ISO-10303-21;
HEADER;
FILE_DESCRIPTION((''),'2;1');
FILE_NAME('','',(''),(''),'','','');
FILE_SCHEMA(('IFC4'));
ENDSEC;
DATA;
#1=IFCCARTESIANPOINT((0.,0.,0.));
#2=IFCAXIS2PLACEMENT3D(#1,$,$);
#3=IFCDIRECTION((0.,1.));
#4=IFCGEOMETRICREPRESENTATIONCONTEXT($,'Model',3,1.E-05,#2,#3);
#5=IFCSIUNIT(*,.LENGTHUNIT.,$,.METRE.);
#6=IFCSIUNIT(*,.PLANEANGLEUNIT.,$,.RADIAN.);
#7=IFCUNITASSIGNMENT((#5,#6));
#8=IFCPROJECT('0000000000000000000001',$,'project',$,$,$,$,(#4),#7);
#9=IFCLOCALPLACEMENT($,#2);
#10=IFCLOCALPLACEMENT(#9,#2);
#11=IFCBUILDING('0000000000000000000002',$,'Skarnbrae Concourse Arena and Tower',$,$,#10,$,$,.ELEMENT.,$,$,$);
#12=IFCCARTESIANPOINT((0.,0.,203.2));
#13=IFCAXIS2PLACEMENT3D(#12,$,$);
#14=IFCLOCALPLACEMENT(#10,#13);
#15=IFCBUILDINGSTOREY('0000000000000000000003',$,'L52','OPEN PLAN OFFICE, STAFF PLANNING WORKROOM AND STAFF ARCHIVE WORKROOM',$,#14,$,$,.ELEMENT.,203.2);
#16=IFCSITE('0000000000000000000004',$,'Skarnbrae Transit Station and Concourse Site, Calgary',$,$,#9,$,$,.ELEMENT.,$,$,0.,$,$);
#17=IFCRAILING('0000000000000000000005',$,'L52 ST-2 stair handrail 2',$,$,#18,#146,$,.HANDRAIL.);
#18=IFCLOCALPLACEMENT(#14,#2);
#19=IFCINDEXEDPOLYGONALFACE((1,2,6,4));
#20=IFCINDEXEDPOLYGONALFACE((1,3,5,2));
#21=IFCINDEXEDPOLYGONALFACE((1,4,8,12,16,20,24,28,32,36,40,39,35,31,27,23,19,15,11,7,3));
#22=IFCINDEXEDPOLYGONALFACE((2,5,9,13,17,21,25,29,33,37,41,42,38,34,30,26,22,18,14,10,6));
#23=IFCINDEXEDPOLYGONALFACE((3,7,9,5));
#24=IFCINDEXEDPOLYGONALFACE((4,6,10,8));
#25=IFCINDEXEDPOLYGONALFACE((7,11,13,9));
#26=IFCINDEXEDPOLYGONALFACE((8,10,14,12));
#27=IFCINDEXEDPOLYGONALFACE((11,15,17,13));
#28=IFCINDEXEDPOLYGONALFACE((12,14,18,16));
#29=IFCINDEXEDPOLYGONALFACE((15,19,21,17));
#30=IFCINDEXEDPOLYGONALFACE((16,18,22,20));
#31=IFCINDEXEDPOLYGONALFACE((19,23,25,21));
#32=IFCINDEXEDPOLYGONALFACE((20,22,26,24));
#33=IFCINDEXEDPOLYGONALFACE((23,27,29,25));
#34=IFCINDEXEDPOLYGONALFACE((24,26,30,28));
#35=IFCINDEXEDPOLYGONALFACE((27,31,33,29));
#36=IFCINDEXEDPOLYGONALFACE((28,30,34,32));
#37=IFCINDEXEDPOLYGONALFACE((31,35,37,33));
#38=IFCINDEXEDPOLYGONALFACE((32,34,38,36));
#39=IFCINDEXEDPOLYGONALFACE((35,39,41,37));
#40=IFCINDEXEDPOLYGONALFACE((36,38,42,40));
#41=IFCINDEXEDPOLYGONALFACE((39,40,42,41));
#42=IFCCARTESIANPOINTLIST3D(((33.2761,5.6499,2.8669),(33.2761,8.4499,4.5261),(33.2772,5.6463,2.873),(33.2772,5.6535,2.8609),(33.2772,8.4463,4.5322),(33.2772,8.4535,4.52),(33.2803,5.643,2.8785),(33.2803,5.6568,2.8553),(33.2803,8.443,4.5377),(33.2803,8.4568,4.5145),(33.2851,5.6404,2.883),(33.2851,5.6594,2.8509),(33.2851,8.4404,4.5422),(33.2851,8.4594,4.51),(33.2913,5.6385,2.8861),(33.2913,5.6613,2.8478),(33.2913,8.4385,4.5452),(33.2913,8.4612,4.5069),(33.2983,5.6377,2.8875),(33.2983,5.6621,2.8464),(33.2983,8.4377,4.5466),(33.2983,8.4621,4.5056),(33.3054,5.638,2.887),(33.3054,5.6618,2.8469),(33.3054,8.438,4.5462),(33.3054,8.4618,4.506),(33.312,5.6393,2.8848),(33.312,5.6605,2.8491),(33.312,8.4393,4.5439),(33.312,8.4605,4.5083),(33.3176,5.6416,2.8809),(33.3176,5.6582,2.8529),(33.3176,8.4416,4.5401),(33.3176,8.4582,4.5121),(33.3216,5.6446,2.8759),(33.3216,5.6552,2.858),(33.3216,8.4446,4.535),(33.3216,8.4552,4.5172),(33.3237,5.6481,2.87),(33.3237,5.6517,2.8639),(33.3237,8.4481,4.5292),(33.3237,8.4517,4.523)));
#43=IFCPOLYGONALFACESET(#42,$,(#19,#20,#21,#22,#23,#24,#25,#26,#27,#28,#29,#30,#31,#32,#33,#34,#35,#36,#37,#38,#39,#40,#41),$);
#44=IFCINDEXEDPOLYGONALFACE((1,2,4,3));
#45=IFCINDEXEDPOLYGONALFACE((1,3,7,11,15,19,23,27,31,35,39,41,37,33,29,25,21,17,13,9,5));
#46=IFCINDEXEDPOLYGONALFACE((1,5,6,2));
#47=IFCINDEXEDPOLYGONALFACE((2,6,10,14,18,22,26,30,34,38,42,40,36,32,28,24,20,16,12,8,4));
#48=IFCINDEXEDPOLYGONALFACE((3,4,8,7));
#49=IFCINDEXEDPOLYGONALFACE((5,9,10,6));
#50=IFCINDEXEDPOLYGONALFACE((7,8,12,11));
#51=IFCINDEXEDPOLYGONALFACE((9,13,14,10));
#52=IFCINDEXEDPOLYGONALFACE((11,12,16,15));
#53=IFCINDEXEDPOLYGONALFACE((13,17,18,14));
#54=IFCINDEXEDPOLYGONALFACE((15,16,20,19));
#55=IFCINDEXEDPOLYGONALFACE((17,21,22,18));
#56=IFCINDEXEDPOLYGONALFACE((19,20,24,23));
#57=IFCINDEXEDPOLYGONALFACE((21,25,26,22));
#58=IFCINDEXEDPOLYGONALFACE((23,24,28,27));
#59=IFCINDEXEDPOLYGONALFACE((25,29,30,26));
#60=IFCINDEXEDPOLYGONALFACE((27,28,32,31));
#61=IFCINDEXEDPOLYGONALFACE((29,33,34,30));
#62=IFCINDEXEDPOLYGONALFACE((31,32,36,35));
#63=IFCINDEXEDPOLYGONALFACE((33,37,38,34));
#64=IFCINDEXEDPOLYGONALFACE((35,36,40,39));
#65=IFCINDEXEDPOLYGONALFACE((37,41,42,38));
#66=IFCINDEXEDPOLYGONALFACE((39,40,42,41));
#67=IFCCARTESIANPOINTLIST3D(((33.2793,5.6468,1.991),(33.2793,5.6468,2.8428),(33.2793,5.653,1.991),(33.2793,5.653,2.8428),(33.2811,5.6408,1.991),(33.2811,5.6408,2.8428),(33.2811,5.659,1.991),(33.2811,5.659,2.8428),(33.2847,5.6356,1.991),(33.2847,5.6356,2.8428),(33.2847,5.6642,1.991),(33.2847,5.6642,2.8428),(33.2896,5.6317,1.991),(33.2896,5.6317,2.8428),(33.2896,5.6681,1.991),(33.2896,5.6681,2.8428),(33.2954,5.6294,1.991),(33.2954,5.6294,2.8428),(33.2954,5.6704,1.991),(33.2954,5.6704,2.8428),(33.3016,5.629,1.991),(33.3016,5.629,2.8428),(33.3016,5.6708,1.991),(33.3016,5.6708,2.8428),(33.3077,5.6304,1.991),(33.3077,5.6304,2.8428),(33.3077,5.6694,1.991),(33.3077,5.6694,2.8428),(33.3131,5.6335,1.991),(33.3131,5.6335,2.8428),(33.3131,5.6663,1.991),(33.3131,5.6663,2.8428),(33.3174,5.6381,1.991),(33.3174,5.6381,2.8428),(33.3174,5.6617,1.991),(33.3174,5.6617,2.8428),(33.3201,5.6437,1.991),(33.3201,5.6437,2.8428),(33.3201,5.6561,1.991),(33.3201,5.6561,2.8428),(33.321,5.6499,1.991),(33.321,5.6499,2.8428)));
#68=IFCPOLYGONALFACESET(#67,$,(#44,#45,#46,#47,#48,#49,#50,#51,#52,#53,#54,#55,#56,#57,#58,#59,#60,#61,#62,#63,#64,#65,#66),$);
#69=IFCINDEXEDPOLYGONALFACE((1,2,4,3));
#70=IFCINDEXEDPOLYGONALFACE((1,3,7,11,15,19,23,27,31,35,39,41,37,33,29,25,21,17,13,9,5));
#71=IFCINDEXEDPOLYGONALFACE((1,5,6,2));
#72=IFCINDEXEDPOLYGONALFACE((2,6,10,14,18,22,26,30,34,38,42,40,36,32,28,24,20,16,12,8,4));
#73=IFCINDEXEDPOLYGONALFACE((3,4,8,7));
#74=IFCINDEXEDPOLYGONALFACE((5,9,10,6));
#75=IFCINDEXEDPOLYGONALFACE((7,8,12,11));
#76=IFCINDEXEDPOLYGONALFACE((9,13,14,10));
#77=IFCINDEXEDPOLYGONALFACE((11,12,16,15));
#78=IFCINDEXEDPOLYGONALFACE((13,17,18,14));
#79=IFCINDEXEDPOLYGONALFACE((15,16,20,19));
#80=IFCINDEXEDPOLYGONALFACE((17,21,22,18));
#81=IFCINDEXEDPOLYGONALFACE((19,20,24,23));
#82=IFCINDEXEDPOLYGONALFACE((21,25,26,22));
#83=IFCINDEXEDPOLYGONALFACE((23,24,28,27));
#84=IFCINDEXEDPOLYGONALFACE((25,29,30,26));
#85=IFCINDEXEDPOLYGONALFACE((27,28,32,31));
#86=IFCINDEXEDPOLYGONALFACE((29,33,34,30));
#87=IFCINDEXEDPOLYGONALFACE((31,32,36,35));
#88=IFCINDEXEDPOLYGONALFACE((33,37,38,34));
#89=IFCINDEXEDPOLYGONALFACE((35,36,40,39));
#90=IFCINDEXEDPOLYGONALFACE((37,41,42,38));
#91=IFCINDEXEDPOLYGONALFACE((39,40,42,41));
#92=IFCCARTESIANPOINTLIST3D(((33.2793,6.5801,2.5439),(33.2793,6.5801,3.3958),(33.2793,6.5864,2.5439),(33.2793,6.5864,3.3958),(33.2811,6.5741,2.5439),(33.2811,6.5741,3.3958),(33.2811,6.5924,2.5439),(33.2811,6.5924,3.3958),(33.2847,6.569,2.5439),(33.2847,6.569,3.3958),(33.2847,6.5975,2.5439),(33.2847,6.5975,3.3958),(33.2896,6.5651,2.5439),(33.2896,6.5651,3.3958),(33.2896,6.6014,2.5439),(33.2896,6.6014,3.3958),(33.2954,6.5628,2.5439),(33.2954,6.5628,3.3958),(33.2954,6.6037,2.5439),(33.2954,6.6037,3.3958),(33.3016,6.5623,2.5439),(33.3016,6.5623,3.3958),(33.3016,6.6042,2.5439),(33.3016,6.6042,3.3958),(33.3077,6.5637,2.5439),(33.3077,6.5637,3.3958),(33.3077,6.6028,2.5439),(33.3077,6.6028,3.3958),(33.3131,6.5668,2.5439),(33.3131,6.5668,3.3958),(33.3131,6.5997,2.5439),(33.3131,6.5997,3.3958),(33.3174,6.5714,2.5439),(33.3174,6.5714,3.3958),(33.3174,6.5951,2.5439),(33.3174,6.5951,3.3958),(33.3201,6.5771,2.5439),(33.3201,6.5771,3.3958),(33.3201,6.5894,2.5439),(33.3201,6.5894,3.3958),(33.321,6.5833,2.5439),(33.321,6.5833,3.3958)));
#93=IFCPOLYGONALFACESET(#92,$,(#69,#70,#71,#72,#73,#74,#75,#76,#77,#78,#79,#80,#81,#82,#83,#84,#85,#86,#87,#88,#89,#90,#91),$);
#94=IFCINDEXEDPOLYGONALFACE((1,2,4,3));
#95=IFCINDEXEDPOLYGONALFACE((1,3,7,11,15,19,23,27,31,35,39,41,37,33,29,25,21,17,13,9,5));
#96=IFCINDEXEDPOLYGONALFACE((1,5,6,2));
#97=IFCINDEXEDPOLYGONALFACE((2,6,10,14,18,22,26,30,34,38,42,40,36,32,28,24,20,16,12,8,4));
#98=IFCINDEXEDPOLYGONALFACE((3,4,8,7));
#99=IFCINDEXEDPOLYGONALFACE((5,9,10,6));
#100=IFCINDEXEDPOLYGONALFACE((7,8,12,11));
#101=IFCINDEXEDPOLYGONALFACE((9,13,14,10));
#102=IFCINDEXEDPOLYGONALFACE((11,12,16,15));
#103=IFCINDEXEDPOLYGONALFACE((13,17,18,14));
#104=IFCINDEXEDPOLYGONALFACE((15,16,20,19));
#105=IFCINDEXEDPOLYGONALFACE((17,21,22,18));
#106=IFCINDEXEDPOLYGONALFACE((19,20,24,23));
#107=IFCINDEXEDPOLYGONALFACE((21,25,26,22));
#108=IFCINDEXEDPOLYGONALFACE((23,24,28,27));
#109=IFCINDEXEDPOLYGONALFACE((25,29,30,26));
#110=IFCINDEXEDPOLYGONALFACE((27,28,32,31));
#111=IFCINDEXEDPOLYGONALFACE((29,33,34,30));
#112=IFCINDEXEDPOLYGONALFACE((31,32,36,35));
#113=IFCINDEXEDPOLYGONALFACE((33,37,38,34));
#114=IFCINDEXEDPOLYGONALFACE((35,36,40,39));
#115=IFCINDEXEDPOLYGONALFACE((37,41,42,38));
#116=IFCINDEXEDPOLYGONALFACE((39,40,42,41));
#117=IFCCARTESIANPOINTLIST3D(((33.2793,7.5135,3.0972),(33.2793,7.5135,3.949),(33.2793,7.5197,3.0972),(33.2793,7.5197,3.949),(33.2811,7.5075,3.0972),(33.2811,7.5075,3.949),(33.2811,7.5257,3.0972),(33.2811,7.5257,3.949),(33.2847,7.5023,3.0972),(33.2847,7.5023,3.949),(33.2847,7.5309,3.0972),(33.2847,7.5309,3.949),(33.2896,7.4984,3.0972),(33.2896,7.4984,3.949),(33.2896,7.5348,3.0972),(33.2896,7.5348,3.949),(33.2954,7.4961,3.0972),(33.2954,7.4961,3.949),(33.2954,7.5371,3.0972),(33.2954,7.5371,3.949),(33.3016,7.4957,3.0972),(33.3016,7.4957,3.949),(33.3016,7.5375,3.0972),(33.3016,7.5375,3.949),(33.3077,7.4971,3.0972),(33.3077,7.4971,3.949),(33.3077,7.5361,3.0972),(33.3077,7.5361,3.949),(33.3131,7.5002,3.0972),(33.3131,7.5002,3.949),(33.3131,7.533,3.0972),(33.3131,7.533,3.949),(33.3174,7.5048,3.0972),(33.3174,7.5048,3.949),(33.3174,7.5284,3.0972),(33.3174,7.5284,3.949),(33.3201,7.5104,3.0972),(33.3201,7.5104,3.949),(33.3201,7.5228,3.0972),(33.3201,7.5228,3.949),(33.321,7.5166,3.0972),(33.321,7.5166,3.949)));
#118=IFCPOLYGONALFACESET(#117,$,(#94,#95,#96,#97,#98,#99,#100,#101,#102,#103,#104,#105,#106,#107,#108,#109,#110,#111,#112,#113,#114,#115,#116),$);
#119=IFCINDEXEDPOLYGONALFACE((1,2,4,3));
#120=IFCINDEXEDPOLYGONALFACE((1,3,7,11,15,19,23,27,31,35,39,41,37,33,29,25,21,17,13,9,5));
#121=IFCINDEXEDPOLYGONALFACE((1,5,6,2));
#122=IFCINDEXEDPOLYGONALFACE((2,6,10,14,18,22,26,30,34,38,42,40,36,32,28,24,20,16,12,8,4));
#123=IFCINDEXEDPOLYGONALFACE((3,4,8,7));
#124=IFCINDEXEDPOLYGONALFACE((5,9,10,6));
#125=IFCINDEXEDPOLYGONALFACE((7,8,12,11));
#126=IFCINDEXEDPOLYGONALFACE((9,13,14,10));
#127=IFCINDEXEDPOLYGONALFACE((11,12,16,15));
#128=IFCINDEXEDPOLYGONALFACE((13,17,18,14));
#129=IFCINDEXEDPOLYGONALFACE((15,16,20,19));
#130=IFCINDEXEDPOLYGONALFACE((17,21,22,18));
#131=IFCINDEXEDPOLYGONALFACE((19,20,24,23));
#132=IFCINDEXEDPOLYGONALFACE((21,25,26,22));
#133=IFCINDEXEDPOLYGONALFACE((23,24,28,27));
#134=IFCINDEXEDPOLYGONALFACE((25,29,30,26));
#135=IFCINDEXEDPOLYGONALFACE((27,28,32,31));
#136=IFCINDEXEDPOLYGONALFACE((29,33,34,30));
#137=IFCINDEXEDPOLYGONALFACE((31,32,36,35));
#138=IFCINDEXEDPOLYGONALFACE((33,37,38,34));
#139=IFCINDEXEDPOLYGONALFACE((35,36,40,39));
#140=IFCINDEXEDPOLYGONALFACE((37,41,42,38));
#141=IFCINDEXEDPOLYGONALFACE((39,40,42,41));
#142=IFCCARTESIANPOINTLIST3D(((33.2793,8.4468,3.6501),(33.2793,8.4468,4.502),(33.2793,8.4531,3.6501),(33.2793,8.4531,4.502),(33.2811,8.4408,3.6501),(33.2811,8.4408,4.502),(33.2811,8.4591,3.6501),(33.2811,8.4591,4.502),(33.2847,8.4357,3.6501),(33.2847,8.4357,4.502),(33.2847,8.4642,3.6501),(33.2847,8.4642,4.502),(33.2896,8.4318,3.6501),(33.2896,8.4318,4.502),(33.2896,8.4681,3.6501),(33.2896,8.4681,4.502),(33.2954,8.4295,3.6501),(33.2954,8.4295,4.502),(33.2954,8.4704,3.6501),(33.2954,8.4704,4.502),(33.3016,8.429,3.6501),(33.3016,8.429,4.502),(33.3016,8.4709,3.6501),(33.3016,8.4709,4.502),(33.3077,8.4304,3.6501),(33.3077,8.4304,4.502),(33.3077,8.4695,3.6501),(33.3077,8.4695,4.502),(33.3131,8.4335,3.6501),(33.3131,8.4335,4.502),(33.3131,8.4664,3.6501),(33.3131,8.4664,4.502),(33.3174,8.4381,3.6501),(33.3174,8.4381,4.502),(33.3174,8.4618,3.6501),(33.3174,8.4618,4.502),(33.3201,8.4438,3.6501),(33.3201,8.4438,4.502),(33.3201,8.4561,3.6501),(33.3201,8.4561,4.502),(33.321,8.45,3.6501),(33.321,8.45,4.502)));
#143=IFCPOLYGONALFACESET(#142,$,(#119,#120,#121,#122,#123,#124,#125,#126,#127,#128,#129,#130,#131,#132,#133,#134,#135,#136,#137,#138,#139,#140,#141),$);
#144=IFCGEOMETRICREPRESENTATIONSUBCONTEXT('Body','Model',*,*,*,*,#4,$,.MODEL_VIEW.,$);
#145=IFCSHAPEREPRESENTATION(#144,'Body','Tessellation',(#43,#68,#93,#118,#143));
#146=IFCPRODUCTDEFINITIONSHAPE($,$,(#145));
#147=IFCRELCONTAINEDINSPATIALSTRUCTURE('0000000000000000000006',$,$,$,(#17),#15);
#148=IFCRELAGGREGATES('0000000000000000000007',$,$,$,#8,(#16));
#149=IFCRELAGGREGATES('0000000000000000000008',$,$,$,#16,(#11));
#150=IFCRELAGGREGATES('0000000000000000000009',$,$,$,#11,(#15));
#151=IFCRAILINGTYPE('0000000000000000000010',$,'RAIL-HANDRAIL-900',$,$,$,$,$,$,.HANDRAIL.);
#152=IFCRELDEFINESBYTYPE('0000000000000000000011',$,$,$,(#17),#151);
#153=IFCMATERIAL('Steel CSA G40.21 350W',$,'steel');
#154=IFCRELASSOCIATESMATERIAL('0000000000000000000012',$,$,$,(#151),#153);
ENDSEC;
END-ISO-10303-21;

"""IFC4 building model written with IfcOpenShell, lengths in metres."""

from ifc_helpers import new_model, si_unit, direction, frame, origin, origin_2d, place, context, subcontext, project, spatial, circle, extrude, material, type_object, element, save


model = new_model("IFC4")

# Units and contexts
model_context = context("Model", 3, precision=1e-05, world=origin(), true_north=direction((0.0, 1.0)))
body_context = subcontext(model_context, "Body", "Model", "MODEL_VIEW")
ifc_project = project(units=[si_unit("LENGTHUNIT", "METRE"), si_unit("PLANEANGLEUNIT", "RADIAN")], contexts=[model_context])

# Site, building, storey
site_placement = place(None, origin())
site = spatial("IfcSite", under=ifc_project, at=site_placement, Name="Skarnbrae Transit Station and Concourse Site, Calgary", CompositionType="ELEMENT", RefElevation=0.0)
building_placement = place(site_placement, origin())
building = spatial("IfcBuilding", under=site, at=building_placement, Name="Skarnbrae Concourse Arena and Tower", CompositionType="ELEMENT")
storey_placement = place(building_placement, frame((0.0, 0.0, 203.2)))
storey = spatial("IfcBuildingStorey", under=building, at=storey_placement, Name="L52", Description="OPEN PLAN OFFICE, STAFF PLANNING WORKROOM AND STAFF ARCHIVE WORKROOM", CompositionType="ELEMENT", Elevation=203.2)

# Shared definitions
ifc_material_1 = material(Name="Steel CSA G40.21 350W", Category="steel")

# Railing
railing_type_1 = type_object("IfcRailingType", Name="RAIL-HANDRAIL-900", PredefinedType="HANDRAIL", material=ifc_material_1)
railing_1_placement = place(storey_placement, frame((33.3, 5.6499, 1.991)))
element("IfcRailing", 1, at=railing_1_placement, inside=storey, type_object=railing_type_1, Name="L52 ST-2 stair handrail 2", PredefinedType="HANDRAIL", context=body_context, shape_type="SweptSolid", body=[
    extrude(circle(Radius=0.0239, at=origin_2d()), frame((0.0, 0.0, 0.876), z_axis=(0.0, 0.860306, 0.509778), x_axis=(-1.0, 0.0, 0.0)), (0.0, 0.0, 1.0), 3.2546),
    extrude(circle(Radius=0.021, at=origin_2d()), origin(), (0.0, 0.0, 1.0), 0.8518),
    extrude(circle(Radius=0.021, at=origin_2d()), frame((0.0, 0.9333, 0.553)), (0.0, 0.0, 1.0), 0.8518),
    extrude(circle(Radius=0.021, at=origin_2d()), frame((0.0, 1.8667, 1.1062)), (0.0, 0.0, 1.0), 0.8518),
    extrude(circle(Radius=0.021, at=origin_2d()), frame((0.0, 2.8, 1.6592)), (0.0, 0.0, 1.0), 0.8518),
])

save(model, "model.ifc")
